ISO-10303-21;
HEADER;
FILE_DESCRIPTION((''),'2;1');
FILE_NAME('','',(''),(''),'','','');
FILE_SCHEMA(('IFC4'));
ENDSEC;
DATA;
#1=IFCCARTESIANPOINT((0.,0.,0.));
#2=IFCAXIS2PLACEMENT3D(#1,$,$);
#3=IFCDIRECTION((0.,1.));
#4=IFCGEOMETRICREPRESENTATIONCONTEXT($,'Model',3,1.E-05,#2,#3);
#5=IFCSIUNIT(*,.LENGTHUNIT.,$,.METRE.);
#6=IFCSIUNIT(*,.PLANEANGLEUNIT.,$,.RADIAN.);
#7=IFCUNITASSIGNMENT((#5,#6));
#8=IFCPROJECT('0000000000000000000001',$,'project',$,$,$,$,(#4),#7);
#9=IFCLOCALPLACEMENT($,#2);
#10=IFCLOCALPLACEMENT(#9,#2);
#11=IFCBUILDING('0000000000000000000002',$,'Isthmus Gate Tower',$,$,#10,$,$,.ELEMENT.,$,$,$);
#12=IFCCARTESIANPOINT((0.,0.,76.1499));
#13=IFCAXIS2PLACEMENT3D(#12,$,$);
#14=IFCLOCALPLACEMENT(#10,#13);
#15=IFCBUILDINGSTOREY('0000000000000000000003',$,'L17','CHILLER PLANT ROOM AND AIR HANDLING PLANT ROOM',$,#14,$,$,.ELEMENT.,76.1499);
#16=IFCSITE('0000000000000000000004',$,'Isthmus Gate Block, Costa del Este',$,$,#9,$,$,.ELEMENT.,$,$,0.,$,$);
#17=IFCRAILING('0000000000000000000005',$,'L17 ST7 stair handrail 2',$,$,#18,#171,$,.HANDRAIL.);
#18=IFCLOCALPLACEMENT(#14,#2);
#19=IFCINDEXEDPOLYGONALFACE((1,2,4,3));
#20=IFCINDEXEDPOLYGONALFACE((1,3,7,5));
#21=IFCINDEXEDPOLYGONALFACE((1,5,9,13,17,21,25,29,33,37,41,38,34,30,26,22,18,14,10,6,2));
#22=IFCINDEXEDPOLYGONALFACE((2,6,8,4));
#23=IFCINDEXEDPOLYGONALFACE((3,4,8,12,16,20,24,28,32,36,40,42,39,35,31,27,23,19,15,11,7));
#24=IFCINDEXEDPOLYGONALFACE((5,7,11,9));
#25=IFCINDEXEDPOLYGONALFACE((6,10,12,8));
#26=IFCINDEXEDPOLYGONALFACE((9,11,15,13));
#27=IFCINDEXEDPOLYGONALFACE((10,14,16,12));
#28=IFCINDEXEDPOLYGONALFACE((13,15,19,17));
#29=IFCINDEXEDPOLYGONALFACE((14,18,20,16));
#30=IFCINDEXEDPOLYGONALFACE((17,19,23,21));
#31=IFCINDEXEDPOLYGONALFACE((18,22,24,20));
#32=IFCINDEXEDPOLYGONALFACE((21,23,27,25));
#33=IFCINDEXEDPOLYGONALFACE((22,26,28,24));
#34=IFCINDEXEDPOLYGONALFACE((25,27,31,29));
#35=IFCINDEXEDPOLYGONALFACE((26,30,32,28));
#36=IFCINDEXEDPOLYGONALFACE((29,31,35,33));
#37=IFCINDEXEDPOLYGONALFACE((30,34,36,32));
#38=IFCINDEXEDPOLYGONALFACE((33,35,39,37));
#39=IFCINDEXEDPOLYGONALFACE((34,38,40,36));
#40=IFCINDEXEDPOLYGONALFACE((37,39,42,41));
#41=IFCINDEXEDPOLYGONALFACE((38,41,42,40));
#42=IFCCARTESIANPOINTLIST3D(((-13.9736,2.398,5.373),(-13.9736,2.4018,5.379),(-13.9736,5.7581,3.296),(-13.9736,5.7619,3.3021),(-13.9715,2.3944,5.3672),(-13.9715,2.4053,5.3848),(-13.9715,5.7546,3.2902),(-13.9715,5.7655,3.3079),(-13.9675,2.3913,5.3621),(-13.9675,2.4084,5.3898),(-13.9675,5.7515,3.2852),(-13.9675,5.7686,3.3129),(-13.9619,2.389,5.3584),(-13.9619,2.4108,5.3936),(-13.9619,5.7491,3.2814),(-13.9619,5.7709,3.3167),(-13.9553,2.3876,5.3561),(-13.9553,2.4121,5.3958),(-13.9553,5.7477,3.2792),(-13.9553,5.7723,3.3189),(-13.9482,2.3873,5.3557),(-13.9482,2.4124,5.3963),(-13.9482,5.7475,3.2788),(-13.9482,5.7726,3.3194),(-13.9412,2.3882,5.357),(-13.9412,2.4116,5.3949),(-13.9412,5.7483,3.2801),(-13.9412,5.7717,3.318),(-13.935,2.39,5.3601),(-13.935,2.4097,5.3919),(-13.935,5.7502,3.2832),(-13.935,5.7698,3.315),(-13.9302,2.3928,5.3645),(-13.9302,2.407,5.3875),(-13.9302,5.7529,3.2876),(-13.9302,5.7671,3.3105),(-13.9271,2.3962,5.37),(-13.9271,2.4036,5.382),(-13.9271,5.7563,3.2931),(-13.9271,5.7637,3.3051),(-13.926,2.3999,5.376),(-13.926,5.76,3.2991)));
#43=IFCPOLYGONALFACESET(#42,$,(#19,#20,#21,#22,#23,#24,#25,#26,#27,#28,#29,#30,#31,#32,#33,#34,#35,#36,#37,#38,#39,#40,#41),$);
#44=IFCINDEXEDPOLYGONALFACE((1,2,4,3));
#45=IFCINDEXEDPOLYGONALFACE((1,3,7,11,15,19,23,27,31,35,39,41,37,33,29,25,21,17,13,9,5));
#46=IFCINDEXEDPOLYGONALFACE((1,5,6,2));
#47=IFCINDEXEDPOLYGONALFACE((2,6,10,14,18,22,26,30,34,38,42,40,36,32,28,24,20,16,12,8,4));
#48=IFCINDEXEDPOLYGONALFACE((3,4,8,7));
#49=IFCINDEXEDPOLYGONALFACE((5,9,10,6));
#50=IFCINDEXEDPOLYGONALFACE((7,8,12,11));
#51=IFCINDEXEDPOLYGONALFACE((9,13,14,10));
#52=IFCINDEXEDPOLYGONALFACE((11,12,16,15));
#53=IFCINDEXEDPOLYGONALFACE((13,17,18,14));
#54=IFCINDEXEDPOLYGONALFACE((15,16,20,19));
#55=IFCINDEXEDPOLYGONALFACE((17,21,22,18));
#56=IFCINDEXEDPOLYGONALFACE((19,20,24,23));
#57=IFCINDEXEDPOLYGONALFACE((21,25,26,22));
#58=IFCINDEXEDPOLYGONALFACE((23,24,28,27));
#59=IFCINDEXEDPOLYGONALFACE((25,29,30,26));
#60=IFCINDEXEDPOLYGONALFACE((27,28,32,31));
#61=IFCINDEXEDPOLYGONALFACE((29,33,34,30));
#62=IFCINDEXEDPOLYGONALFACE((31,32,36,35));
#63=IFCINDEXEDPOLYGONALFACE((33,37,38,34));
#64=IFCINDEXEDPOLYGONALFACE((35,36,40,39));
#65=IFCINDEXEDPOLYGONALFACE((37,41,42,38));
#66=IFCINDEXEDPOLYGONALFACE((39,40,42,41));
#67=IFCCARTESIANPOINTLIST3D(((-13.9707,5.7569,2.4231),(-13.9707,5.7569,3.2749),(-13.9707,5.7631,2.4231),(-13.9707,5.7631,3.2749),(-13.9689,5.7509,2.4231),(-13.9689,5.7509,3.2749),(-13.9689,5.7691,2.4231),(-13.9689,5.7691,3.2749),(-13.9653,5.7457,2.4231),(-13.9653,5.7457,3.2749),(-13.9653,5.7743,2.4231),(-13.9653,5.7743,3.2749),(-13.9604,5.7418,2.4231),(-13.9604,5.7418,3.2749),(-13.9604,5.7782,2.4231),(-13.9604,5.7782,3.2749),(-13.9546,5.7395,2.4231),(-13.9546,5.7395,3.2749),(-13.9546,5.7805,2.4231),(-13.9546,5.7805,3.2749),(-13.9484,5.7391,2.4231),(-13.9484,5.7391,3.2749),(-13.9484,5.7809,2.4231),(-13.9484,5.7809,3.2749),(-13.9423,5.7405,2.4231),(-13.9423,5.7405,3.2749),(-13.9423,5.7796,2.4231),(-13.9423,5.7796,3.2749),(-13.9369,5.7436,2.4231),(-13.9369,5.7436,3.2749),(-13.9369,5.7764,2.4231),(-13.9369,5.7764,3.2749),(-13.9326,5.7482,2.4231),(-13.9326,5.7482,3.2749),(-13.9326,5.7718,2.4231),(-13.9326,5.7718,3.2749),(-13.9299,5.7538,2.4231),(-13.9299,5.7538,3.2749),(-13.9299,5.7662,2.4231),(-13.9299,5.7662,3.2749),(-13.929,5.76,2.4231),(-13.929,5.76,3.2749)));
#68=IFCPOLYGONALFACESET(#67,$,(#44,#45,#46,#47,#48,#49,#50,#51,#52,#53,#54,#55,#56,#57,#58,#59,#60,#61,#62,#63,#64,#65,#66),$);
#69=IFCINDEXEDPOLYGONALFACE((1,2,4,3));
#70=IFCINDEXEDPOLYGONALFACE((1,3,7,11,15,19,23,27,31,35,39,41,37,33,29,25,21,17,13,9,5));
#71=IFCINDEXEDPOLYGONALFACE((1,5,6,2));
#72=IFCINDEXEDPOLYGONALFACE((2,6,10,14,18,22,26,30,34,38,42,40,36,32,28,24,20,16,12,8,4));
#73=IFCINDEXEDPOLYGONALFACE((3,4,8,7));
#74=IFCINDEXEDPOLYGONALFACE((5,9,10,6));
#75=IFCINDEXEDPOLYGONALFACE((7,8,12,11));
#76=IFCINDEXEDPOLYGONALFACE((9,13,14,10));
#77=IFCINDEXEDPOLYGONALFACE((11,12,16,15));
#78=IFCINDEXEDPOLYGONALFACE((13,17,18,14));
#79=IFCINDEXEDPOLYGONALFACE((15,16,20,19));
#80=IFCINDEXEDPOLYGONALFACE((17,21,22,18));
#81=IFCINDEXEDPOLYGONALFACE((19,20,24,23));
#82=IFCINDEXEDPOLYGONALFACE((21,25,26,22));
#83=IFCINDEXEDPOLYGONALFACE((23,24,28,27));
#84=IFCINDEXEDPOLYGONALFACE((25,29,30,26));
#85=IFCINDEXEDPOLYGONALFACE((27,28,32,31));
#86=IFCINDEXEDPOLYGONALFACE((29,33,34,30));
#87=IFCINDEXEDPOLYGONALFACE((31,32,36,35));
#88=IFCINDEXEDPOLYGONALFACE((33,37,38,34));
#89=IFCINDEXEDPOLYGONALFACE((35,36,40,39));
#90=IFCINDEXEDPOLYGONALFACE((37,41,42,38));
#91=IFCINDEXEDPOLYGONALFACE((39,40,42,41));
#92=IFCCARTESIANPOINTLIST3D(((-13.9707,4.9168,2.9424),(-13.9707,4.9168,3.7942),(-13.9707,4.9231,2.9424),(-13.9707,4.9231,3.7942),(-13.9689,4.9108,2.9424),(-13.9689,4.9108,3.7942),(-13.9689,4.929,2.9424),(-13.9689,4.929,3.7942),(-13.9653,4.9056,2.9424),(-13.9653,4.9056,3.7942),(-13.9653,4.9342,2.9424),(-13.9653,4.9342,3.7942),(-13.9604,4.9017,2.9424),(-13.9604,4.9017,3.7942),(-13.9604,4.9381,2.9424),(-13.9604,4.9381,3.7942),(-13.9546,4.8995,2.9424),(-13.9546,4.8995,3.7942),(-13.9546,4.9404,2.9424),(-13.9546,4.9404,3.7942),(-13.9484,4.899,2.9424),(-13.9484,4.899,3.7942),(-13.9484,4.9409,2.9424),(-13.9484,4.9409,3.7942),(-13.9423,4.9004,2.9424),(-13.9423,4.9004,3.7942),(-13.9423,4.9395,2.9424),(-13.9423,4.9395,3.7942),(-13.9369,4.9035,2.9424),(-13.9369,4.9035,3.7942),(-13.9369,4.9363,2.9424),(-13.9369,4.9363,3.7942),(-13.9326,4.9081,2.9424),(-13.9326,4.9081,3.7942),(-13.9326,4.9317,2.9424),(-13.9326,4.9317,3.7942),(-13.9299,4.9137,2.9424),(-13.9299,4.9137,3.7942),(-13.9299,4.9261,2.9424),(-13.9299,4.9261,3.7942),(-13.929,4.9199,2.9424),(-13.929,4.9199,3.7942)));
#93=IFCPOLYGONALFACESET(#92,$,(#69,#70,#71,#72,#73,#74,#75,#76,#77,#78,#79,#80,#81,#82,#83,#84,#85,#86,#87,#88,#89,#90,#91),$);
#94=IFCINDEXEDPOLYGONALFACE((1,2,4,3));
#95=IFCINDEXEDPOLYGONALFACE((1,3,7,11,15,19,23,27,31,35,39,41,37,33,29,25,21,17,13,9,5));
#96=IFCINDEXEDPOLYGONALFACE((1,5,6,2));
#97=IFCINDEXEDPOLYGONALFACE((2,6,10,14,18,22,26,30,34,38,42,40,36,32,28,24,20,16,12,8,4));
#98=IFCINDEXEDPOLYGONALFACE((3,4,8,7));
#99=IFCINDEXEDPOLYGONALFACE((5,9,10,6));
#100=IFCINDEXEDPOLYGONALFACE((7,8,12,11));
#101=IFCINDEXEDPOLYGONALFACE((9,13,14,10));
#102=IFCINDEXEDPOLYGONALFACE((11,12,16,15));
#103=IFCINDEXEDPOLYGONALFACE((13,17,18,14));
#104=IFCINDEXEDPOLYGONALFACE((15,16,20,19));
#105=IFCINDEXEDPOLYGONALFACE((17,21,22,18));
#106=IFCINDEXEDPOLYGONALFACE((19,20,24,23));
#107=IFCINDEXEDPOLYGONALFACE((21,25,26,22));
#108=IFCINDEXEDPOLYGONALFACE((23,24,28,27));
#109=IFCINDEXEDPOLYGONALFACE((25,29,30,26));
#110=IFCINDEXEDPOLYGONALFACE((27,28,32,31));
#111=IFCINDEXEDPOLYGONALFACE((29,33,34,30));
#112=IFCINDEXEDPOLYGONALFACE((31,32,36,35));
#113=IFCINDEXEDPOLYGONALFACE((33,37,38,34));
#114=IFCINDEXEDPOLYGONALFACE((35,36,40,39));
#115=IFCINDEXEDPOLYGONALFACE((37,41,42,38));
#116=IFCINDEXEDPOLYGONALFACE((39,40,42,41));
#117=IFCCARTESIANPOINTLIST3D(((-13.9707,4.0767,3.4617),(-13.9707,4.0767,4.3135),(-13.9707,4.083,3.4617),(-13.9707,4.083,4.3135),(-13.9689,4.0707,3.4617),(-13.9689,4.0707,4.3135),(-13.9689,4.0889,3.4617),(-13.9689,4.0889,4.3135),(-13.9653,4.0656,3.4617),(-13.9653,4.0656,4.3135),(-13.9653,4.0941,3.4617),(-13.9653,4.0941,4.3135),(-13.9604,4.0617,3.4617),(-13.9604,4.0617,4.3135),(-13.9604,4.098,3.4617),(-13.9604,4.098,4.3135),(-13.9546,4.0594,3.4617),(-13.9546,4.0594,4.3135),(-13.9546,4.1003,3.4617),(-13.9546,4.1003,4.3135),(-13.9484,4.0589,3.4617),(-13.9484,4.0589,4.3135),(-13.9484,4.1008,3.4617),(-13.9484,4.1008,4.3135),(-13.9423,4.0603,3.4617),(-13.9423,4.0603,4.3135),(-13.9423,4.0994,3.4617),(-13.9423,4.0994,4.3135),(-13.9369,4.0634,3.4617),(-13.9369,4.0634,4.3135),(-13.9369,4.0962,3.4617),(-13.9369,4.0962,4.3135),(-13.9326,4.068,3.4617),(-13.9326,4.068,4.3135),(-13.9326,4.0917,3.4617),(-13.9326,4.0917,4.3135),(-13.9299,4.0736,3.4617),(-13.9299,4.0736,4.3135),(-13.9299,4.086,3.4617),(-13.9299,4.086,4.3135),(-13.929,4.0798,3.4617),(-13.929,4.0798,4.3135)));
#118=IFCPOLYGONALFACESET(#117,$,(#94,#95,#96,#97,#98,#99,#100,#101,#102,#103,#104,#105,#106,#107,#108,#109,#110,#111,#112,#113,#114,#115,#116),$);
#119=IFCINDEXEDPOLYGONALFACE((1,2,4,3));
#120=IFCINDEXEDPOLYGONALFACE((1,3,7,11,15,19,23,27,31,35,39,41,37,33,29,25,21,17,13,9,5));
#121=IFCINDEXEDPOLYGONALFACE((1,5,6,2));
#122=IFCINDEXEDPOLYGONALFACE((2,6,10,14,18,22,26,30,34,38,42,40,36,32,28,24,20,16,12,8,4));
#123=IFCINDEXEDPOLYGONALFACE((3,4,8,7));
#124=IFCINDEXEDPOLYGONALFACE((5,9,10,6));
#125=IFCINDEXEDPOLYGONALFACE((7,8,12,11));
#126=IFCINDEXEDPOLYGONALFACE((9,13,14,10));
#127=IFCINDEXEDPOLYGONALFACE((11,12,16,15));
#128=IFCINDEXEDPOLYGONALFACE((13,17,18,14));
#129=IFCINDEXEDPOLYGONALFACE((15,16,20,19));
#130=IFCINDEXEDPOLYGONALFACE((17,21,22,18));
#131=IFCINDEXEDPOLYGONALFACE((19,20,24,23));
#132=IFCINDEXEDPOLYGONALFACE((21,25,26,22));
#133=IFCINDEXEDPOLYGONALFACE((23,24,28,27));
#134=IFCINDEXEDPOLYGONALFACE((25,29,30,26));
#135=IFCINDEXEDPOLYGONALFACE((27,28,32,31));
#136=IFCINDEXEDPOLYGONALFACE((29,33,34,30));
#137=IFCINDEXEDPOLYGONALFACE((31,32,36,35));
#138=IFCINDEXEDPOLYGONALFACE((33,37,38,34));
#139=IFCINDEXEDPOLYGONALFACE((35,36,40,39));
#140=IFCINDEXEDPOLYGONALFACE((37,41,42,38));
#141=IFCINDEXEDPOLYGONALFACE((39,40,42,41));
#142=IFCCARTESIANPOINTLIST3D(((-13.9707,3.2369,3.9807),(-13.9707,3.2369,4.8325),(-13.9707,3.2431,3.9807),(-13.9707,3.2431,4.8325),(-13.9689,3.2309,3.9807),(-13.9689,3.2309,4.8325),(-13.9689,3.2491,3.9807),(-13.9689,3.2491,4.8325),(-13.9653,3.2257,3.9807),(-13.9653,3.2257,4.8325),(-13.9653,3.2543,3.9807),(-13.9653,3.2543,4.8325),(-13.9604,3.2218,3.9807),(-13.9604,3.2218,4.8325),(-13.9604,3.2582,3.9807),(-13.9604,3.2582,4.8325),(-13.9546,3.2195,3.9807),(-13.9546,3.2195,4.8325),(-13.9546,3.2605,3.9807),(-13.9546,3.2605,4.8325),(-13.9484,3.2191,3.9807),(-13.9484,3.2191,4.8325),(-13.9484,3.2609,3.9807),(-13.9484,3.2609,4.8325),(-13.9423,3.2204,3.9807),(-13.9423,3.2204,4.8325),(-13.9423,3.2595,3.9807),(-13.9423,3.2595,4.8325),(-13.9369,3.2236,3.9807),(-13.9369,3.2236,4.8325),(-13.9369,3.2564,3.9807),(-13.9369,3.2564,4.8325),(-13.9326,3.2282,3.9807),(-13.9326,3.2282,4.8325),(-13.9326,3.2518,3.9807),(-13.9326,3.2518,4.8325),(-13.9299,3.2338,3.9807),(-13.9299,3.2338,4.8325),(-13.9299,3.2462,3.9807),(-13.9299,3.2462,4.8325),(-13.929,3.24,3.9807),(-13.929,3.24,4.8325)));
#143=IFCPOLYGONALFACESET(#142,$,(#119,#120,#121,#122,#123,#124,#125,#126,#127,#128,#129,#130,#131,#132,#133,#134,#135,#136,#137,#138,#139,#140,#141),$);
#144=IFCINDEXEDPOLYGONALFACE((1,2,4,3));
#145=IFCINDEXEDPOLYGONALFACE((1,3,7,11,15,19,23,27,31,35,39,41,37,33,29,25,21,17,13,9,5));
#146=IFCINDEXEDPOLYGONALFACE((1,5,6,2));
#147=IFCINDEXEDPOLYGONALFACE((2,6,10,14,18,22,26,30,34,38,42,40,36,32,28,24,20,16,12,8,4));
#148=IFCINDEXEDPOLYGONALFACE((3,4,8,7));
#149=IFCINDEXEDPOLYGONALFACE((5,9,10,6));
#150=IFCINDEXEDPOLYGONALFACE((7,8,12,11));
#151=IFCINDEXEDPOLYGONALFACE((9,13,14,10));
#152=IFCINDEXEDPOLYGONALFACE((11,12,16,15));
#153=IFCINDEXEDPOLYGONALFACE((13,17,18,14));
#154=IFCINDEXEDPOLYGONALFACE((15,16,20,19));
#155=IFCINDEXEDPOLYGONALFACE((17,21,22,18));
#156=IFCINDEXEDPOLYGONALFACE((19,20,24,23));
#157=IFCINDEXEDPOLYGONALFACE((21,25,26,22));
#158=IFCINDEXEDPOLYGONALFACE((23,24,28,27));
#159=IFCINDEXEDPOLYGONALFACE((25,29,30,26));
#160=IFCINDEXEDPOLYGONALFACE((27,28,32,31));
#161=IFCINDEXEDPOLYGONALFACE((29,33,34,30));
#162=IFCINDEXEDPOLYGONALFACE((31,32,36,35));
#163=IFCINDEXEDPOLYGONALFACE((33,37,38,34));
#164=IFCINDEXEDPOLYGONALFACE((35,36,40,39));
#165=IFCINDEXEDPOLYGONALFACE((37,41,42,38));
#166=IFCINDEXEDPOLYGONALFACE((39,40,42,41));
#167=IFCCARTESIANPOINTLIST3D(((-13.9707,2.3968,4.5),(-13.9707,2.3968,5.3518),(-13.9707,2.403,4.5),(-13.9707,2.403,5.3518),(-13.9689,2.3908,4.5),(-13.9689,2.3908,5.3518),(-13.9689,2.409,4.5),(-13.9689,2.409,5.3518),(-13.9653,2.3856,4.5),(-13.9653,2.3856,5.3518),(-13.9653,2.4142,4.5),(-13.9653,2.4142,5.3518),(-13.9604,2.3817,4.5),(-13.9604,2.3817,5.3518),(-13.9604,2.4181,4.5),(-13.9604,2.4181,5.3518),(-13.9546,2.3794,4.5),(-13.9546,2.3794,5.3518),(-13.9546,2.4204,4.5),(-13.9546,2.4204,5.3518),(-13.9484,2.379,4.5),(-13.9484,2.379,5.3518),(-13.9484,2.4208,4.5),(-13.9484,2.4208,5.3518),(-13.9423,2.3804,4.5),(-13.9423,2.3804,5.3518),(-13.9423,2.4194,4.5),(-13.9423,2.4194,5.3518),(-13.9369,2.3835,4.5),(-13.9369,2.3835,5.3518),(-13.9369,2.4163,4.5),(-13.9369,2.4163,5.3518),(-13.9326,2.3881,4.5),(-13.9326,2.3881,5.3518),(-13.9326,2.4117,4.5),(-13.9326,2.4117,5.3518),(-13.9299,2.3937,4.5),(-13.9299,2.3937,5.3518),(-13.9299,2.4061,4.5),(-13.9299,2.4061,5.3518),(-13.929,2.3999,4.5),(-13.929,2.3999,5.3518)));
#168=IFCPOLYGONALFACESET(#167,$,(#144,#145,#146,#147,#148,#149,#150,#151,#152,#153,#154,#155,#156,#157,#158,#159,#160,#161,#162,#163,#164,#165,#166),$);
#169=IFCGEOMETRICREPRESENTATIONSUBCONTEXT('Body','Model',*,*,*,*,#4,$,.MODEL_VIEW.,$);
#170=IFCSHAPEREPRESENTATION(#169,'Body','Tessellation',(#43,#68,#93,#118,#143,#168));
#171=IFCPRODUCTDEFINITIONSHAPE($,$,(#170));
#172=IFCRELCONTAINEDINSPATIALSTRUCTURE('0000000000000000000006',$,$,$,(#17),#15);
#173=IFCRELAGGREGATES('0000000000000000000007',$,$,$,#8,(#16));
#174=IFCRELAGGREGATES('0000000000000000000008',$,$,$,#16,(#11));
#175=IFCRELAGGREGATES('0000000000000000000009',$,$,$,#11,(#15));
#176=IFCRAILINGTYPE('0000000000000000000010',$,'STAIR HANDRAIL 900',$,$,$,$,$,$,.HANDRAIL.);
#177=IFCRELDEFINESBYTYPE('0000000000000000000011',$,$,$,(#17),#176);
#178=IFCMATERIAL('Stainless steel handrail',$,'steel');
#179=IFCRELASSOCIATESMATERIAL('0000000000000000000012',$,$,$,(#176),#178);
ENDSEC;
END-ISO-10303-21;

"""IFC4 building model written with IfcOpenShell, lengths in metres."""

from ifc_helpers import new_model, si_unit, direction, frame, origin, origin_2d, place, context, subcontext, project, spatial, circle, extrude, material, type_object, element, save


model = new_model("IFC4")

# Units and contexts
model_context = context("Model", 3, precision=1e-05, world=origin(), true_north=direction((0.0, 1.0)))
body_context = subcontext(model_context, "Body", "Model", "MODEL_VIEW")
ifc_project = project(units=[si_unit("LENGTHUNIT", "METRE"), si_unit("PLANEANGLEUNIT", "RADIAN")], contexts=[model_context])

# Site, building, storey
site_placement = place(None, origin())
site = spatial("IfcSite", under=ifc_project, at=site_placement, Name="Isthmus Gate Block, Costa del Este", CompositionType="ELEMENT", RefElevation=0.0)
building_placement = place(site_placement, origin())
building = spatial("IfcBuilding", under=site, at=building_placement, Name="Isthmus Gate Tower", CompositionType="ELEMENT")
storey_placement = place(building_placement, frame((0.0, 0.0, 76.1499)))
storey = spatial("IfcBuildingStorey", under=building, at=storey_placement, Name="L17", Description="CHILLER PLANT ROOM AND AIR HANDLING PLANT ROOM", CompositionType="ELEMENT", Elevation=76.1499)

# Railing
ifc_material_1 = material(Name="Stainless steel handrail", Category="steel")
railing_type_1 = type_object("IfcRailingType", Name="STAIR HANDRAIL 900", PredefinedType="HANDRAIL", material=ifc_material_1)
for number, where, name in (
    (1, (-13.95, 5.76, 2.4231), "L17 ST7 stair handrail 2"),
):
    element("IfcRailing", number, at=place(storey_placement, frame(where)), inside=storey, type_object=railing_type_1, Name=name, PredefinedType="HANDRAIL", context=body_context, shape_type="SweptSolid", body=[
        extrude(circle(Radius=0.0239, at=origin_2d()), frame((0.0, 0.0, 0.876), z_axis=(0.0, -0.850623, 0.525776), x_axis=(1.0, 0.0, 0.0)), (0.0, 0.0, 1.0), 3.9502),
        extrude(circle(Radius=0.021, at=origin_2d()), origin(), (0.0, 0.0, 1.0), 0.8518),
        extrude(circle(Radius=0.021, at=origin_2d()), frame((0.0, -0.8401, 0.5193)), (0.0, 0.0, 1.0), 0.8518),
        extrude(circle(Radius=0.021, at=origin_2d()), frame((0.0, -1.6802, 1.0386)), (0.0, 0.0, 1.0), 0.8518),
        extrude(circle(Radius=0.021, at=origin_2d()), frame((0.0, -2.52, 1.5576)), (0.0, 0.0, 1.0), 0.8518),
        extrude(circle(Radius=0.021, at=origin_2d()), frame((0.0, -3.3601, 2.0769)), (0.0, 0.0, 1.0), 0.8518),
    ])

save(model, "model.ifc")
